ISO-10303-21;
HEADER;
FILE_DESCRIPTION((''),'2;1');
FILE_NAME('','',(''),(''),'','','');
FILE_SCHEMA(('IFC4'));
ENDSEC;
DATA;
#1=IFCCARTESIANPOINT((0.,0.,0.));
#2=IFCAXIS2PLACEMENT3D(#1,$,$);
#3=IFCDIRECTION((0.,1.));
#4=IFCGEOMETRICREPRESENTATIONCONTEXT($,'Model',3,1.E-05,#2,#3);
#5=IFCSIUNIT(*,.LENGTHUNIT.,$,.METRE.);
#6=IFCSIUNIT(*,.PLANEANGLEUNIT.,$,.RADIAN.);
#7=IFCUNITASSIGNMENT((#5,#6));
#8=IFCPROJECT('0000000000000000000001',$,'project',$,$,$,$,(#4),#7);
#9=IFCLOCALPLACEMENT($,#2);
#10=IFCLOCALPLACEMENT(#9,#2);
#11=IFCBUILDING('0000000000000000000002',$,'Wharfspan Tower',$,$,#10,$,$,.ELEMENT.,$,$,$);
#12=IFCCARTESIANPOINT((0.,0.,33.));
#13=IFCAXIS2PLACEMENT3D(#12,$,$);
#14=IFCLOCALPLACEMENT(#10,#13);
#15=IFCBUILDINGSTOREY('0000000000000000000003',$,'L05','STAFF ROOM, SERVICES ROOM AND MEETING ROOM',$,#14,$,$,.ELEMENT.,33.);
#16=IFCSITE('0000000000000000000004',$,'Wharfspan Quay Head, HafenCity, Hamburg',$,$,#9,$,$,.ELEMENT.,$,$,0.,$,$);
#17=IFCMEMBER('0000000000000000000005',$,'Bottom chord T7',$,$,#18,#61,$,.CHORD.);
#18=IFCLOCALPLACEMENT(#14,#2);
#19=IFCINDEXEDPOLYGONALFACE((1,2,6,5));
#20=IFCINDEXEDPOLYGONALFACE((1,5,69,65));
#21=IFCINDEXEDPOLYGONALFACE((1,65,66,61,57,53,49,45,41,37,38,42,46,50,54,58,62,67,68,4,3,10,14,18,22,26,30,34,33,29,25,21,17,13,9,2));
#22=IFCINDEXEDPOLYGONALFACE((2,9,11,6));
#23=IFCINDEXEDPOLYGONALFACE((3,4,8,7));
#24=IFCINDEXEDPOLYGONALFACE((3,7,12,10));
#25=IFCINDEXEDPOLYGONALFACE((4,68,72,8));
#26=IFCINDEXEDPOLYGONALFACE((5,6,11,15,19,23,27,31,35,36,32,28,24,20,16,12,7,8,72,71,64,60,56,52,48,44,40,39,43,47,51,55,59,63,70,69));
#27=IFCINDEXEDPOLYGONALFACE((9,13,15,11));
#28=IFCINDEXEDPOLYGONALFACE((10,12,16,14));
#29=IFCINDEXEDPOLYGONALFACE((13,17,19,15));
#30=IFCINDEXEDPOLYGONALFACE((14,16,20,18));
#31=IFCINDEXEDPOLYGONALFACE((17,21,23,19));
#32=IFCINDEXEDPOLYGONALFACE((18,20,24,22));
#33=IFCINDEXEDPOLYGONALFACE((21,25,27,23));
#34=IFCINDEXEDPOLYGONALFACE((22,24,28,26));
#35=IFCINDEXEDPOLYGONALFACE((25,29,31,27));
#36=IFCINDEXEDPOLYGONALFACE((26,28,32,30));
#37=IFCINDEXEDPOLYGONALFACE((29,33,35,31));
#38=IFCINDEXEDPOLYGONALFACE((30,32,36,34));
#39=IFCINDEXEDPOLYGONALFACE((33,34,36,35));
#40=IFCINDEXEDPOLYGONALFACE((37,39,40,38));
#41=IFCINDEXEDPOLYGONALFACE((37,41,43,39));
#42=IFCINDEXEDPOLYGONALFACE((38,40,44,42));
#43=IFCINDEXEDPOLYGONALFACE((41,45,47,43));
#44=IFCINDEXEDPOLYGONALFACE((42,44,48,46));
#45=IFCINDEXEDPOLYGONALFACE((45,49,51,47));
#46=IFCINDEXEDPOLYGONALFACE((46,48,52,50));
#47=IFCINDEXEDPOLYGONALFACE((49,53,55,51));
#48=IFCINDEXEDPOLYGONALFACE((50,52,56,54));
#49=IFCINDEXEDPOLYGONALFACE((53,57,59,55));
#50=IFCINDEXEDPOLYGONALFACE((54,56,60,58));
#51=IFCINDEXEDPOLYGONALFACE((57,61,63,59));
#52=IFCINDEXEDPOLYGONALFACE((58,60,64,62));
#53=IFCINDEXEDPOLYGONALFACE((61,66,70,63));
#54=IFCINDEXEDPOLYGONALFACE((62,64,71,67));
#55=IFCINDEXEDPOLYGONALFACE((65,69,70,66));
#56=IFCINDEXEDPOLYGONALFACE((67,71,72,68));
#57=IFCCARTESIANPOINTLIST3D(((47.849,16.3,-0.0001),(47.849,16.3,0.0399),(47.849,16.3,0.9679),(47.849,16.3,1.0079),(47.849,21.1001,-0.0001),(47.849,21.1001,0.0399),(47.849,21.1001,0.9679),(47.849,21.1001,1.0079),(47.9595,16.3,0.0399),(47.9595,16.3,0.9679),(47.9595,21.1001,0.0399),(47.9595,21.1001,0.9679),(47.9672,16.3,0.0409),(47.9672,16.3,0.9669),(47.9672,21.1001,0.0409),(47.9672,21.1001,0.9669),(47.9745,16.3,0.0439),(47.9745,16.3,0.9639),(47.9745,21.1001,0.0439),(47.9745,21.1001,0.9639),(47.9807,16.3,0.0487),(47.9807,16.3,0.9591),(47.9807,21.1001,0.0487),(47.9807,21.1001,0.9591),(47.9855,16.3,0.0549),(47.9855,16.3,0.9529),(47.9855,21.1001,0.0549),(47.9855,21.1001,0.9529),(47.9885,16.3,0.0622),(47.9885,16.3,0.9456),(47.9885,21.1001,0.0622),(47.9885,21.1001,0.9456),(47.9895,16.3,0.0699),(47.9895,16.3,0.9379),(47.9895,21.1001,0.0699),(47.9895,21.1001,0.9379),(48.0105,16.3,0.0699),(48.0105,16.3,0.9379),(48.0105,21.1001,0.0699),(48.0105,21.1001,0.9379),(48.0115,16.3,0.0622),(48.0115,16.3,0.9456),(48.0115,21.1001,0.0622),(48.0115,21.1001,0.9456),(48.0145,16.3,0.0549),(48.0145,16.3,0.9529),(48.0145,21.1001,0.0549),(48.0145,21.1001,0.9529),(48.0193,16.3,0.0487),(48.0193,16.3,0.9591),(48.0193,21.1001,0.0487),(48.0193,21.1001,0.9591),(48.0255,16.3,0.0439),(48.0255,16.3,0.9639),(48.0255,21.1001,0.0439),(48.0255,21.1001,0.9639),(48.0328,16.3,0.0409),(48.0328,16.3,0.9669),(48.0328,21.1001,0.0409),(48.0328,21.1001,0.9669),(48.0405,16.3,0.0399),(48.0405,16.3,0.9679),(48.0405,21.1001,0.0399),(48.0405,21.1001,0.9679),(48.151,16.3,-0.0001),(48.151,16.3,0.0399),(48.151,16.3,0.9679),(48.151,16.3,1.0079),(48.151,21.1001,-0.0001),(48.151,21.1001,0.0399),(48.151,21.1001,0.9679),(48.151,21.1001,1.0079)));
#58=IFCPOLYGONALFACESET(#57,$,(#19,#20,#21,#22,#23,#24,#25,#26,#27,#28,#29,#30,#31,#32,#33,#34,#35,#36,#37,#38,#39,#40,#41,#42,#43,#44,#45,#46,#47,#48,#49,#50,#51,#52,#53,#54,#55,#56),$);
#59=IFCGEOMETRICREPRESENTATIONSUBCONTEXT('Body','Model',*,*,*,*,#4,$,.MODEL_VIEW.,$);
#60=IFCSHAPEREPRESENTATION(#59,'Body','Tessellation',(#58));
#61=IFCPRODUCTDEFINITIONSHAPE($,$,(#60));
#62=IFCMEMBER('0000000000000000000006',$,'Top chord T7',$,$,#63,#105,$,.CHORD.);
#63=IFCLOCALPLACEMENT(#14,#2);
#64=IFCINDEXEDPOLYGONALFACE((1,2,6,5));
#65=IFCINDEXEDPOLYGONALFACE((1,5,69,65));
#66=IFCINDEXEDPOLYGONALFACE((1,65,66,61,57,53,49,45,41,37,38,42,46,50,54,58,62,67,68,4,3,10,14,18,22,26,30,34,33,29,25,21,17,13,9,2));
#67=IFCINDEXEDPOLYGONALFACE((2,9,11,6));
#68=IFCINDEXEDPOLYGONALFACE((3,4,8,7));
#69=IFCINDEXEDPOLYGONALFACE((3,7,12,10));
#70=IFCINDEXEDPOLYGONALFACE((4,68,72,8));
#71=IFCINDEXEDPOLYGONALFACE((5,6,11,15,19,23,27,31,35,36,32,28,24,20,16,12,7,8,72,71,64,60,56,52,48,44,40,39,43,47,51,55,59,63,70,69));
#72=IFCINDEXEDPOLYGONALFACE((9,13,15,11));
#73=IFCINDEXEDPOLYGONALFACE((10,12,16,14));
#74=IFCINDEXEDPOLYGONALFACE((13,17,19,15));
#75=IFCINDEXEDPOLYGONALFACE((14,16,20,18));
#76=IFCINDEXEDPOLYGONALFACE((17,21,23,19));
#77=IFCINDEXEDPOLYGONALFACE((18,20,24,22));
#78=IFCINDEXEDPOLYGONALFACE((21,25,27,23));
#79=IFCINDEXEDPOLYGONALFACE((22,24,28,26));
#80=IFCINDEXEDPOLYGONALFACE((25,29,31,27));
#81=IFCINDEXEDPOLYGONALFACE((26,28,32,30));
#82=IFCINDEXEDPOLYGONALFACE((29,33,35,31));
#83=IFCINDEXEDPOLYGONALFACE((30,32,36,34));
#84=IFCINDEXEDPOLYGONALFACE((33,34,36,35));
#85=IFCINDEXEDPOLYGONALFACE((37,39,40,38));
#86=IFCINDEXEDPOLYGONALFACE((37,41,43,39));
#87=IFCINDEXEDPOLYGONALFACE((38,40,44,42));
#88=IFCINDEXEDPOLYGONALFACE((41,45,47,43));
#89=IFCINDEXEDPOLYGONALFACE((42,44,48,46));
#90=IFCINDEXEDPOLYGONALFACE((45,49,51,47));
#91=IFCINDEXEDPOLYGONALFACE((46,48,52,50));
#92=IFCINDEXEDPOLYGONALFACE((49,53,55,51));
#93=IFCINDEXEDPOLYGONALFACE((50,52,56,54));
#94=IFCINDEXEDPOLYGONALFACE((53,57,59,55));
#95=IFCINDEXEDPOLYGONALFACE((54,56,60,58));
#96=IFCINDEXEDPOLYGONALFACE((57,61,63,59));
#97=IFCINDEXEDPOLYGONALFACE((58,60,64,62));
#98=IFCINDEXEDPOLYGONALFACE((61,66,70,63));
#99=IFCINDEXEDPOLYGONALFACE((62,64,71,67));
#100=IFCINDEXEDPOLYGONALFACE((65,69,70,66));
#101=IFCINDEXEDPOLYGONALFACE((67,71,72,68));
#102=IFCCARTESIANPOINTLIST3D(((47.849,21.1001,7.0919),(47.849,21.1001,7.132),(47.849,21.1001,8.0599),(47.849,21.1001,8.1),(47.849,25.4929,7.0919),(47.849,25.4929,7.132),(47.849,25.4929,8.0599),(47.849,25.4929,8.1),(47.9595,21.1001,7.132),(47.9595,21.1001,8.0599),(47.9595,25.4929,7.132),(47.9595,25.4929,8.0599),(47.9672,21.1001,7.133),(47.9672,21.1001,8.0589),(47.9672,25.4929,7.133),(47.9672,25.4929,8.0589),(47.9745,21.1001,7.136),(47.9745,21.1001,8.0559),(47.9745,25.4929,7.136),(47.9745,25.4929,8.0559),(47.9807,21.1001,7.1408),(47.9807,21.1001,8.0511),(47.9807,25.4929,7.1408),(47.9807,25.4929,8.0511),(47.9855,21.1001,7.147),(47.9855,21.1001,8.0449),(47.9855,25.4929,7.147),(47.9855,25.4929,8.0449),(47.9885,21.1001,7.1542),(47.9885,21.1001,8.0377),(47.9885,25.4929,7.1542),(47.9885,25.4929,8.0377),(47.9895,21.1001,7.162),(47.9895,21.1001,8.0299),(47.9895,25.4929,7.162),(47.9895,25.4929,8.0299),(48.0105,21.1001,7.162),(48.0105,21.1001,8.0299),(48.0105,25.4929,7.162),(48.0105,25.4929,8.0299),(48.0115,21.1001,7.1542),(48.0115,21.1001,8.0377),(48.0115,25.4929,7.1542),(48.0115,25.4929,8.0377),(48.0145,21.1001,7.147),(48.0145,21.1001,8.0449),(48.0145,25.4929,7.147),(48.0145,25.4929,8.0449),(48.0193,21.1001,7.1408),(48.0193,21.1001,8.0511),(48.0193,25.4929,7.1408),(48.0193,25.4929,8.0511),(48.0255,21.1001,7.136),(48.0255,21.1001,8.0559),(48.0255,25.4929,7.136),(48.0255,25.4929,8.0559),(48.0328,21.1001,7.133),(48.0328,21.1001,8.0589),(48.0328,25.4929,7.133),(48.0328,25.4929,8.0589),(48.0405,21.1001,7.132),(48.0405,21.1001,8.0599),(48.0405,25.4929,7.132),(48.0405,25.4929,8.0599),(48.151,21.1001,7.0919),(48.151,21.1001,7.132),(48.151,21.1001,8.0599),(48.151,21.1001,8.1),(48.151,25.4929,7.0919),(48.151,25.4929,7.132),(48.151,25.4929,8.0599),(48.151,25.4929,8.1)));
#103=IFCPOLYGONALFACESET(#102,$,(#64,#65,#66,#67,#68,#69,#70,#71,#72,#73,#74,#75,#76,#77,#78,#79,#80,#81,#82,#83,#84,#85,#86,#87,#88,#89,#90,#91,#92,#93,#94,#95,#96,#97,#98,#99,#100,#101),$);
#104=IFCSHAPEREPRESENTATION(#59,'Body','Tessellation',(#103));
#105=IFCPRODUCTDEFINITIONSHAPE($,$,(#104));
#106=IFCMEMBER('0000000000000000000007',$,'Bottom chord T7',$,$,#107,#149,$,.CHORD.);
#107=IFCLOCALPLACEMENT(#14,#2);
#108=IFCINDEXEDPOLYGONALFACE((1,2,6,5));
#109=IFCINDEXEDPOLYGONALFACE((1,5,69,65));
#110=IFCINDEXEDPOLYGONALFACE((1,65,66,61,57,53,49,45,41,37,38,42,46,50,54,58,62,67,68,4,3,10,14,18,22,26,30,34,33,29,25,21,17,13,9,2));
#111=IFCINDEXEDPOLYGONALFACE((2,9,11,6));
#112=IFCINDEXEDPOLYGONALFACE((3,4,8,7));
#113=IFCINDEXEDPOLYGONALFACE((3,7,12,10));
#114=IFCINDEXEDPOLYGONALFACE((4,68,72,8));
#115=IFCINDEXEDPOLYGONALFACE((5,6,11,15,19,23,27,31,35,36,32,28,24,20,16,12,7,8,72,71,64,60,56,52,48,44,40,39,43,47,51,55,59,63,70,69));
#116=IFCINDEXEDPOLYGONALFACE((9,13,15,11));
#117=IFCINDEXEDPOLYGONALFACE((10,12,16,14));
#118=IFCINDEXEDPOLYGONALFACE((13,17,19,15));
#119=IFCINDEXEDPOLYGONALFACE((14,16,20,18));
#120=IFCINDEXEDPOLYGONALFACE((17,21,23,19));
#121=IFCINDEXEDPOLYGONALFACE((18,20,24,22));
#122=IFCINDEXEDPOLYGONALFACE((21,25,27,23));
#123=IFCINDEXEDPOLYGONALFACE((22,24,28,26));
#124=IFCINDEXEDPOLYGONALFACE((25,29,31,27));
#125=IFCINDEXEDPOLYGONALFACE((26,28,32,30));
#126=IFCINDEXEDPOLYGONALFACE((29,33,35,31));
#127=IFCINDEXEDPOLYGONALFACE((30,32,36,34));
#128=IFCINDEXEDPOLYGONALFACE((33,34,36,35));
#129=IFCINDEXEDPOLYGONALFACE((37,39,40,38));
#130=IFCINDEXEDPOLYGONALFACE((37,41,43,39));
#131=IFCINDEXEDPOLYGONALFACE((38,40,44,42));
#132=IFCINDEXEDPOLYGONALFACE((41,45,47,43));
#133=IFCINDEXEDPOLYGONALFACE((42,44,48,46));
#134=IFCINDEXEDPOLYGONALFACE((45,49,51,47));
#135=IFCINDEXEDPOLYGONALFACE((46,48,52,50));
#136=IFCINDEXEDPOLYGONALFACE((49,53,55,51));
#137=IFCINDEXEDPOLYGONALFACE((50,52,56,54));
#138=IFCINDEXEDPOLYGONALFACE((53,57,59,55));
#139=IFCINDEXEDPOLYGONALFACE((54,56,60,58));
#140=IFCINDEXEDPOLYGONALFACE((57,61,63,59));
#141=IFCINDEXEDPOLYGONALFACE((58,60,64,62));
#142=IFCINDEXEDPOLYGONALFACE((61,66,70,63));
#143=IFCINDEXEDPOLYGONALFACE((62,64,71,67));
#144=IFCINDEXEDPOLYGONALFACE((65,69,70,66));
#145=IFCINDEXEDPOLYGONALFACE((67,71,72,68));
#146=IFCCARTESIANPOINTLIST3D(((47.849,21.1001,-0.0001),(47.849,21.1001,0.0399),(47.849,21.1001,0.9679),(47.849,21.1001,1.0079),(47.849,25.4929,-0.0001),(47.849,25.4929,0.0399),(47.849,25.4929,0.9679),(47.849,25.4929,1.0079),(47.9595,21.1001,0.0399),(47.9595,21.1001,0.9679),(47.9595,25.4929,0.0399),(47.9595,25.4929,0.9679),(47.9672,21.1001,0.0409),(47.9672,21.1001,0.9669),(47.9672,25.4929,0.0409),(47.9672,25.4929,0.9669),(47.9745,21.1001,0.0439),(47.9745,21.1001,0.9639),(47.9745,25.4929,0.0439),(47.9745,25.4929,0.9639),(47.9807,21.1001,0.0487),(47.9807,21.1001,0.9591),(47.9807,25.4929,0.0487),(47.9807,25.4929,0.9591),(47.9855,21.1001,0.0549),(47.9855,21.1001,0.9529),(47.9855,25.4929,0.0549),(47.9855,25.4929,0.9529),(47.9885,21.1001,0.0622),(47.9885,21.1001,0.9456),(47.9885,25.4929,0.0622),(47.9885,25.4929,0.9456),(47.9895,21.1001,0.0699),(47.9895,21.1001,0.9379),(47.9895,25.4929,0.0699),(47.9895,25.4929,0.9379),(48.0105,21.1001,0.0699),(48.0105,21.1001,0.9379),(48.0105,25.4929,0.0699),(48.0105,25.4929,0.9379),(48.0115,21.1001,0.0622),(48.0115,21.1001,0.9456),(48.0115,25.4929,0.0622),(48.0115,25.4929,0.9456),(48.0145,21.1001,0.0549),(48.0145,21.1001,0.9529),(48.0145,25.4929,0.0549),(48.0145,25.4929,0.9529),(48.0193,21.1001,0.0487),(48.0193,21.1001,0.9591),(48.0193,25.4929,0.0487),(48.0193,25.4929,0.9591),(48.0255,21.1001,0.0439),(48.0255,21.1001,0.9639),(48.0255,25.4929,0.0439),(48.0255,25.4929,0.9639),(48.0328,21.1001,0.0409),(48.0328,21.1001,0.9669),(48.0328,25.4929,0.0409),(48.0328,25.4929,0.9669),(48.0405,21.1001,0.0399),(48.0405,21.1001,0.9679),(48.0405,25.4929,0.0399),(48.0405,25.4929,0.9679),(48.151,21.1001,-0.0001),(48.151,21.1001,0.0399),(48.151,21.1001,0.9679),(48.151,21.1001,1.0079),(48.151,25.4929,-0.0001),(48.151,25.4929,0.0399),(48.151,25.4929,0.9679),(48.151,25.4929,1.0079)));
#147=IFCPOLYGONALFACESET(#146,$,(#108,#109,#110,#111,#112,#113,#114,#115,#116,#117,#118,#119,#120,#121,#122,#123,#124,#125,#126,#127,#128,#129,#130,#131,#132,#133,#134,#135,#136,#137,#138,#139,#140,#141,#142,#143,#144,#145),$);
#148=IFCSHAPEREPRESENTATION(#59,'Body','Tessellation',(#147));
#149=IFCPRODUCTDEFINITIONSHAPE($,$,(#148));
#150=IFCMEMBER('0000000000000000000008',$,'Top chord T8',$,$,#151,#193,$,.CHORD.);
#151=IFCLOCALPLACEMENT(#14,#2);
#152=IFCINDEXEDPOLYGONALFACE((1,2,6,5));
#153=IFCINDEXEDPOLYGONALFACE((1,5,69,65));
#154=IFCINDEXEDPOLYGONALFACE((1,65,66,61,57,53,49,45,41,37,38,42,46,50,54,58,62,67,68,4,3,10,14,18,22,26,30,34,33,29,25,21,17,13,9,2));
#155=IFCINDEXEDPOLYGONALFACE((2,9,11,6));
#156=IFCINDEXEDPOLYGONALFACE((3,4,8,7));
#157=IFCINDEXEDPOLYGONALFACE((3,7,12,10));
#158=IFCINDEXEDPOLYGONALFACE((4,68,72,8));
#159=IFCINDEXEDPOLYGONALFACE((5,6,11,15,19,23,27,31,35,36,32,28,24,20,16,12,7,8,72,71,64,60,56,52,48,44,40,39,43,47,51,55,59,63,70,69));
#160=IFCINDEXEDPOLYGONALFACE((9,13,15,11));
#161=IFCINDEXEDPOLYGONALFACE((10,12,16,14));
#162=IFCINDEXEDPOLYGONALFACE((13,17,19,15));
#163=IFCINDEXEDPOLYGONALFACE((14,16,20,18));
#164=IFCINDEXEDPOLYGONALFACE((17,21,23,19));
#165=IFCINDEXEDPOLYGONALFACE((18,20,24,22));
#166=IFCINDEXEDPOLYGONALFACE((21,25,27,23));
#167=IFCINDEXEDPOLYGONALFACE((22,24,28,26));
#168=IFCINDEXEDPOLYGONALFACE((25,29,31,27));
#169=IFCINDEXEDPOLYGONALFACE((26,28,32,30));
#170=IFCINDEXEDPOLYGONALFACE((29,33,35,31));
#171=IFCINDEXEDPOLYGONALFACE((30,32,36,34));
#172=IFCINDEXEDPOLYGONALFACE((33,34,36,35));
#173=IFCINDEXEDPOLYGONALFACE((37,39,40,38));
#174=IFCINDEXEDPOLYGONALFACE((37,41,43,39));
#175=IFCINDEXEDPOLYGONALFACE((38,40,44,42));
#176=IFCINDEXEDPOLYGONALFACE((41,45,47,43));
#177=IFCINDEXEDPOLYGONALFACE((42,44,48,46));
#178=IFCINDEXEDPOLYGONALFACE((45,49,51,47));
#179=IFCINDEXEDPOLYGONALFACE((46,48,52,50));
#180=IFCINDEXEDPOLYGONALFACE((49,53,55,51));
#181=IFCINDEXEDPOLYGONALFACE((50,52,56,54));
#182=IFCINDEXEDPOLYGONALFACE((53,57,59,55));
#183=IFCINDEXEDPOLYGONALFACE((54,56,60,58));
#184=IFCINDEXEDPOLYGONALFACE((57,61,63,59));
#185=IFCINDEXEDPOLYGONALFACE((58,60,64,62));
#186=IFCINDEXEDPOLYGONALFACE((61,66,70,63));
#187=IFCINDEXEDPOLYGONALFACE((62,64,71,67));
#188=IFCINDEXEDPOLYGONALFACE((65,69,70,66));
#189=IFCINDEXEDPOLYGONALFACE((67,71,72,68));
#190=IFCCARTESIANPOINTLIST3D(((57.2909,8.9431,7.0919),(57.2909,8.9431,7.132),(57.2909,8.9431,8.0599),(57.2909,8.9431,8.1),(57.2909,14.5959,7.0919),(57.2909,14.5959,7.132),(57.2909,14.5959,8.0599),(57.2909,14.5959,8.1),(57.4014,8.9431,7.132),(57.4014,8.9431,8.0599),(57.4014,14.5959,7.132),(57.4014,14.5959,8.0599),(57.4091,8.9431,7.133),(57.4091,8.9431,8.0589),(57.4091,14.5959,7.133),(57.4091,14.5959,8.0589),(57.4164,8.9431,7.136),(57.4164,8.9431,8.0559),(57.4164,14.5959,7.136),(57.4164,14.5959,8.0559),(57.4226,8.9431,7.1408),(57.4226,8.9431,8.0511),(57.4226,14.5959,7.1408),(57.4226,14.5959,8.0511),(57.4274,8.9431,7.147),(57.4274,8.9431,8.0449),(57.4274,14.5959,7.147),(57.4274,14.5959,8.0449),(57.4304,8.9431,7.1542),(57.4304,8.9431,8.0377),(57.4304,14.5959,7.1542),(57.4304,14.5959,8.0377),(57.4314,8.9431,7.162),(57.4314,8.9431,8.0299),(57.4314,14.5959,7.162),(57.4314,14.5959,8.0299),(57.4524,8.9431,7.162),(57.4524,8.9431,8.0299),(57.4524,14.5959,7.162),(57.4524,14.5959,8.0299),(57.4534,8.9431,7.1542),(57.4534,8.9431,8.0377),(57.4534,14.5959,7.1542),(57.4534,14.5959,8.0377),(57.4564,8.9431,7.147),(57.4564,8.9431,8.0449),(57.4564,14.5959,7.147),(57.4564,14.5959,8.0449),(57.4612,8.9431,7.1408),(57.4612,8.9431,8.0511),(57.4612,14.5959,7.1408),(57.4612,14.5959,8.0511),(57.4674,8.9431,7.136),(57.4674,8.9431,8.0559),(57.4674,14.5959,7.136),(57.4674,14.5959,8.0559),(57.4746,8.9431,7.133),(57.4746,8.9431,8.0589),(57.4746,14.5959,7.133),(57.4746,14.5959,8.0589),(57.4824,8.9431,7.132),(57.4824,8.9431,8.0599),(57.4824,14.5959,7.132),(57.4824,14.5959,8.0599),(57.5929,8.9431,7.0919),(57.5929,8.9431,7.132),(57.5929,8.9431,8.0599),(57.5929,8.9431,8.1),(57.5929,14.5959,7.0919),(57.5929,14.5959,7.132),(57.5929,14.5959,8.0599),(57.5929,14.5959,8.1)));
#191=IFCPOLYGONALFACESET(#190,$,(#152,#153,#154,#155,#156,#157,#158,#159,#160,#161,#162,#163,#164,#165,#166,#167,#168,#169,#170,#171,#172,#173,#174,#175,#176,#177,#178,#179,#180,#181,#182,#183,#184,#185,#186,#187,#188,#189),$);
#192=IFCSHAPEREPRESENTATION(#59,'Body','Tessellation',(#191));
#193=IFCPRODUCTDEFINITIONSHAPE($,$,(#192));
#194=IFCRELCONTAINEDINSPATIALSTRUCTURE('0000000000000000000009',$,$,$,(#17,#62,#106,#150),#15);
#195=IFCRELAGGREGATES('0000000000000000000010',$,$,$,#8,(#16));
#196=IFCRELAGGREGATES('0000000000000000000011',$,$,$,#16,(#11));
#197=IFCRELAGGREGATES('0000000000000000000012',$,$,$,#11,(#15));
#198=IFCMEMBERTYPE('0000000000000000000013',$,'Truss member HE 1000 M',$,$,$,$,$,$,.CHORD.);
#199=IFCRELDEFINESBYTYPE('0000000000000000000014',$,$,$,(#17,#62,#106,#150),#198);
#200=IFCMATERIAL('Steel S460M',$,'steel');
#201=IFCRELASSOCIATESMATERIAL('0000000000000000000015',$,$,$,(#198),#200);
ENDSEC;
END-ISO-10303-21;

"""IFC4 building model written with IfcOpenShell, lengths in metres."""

from ifc_helpers import new_model, si_unit, direction, frame, origin, origin_2d, place, context, subcontext, project, spatial, i_section, extrude, material, material_profile, profile_set, type_object, element, save


model = new_model("IFC4")

# Units and contexts
model_context = context("Model", 3, precision=1e-05, world=origin(), true_north=direction((0.0, 1.0)))
body_context = subcontext(model_context, "Body", "Model", "MODEL_VIEW")
ifc_project = project(units=[si_unit("LENGTHUNIT", "METRE"), si_unit("PLANEANGLEUNIT", "RADIAN")], contexts=[model_context])

# Site, building, storey
site_placement = place(None, origin())
site = spatial("IfcSite", under=ifc_project, at=site_placement, Name="Wharfspan Quay Head, HafenCity, Hamburg", CompositionType="ELEMENT", RefElevation=0.0)
building_placement = place(site_placement, origin())
building = spatial("IfcBuilding", under=site, at=building_placement, Name="Wharfspan Tower", CompositionType="ELEMENT")
storey_placement = place(building_placement, frame((0.0, 0.0, 33.0)))
storey = spatial("IfcBuildingStorey", under=building, at=storey_placement, Name="L05", Description="STAFF ROOM, SERVICES ROOM AND MEETING ROOM", CompositionType="ELEMENT", Elevation=33.0)

# Members
ifc_material_1 = material(Name="Steel S460M", Category="steel")
ifc_material_profile_1 = material_profile(ifc_material_1, i_section(OverallWidth=0.302, OverallDepth=1.0081, WebThickness=0.021, FlangeThickness=0.04, FilletRadius=0.03, at=origin_2d()))
ifc_profile_set_1 = profile_set([ifc_material_profile_1], Name="Steel S460M")
member_type_1 = type_object("IfcMemberType", Name="Truss member HE 1000 M", PredefinedType="CHORD", material=ifc_profile_set_1)
for number, where, z_axis, x_axis, name in (
    (1, (48.0, 16.3, 0.5039), (0.0, 1.0, 0.0), (-1.0, 0.0, 0.0), "Bottom chord T7"),
):
    element("IfcMember", number, at=place(storey_placement, frame(where, z_axis=z_axis, x_axis=x_axis)), inside=storey, type_object=member_type_1, Name=name, PredefinedType="CHORD", context=body_context, shape_type="SweptSolid", body=[
        extrude(i_section(OverallWidth=0.302, OverallDepth=1.0081, WebThickness=0.021, FlangeThickness=0.04, FilletRadius=0.03, at=origin_2d()), origin(), (0.0, 0.0, 1.0), 4.8),
    ])
for number, where, z_axis, x_axis, name in (
    (2, (48.0, 21.1001, 7.5959), (0.0, 1.0, 0.0), (-1.0, 0.0, 0.0), "Top chord T7"),
    (3, (48.0, 21.1001, 0.5039), (0.0, 1.0, 0.0), (-1.0, 0.0, 0.0), "Bottom chord T7"),
):
    element("IfcMember", number, at=place(storey_placement, frame(where, z_axis=z_axis, x_axis=x_axis)), inside=storey, type_object=member_type_1, Name=name, PredefinedType="CHORD", context=body_context, shape_type="SweptSolid", body=[
        extrude(i_section(OverallWidth=0.302, OverallDepth=1.0081, WebThickness=0.021, FlangeThickness=0.04, FilletRadius=0.03, at=origin_2d()), origin(), (0.0, 0.0, 1.0), 4.3928),
    ])
for number, where, z_axis, x_axis, name in (
    (4, (57.4419, 8.9431, 7.5959), (0.0, 1.0, 0.0), (-1.0, 0.0, 0.0), "Top chord T8"),
):
    element("IfcMember", number, at=place(storey_placement, frame(where, z_axis=z_axis, x_axis=x_axis)), inside=storey, type_object=member_type_1, Name=name, PredefinedType="CHORD", context=body_context, shape_type="SweptSolid", body=[
        extrude(i_section(OverallWidth=0.302, OverallDepth=1.0081, WebThickness=0.021, FlangeThickness=0.04, FilletRadius=0.03, at=origin_2d()), origin(), (0.0, 0.0, 1.0), 5.6528),
    ])

save(model, "model.ifc")
